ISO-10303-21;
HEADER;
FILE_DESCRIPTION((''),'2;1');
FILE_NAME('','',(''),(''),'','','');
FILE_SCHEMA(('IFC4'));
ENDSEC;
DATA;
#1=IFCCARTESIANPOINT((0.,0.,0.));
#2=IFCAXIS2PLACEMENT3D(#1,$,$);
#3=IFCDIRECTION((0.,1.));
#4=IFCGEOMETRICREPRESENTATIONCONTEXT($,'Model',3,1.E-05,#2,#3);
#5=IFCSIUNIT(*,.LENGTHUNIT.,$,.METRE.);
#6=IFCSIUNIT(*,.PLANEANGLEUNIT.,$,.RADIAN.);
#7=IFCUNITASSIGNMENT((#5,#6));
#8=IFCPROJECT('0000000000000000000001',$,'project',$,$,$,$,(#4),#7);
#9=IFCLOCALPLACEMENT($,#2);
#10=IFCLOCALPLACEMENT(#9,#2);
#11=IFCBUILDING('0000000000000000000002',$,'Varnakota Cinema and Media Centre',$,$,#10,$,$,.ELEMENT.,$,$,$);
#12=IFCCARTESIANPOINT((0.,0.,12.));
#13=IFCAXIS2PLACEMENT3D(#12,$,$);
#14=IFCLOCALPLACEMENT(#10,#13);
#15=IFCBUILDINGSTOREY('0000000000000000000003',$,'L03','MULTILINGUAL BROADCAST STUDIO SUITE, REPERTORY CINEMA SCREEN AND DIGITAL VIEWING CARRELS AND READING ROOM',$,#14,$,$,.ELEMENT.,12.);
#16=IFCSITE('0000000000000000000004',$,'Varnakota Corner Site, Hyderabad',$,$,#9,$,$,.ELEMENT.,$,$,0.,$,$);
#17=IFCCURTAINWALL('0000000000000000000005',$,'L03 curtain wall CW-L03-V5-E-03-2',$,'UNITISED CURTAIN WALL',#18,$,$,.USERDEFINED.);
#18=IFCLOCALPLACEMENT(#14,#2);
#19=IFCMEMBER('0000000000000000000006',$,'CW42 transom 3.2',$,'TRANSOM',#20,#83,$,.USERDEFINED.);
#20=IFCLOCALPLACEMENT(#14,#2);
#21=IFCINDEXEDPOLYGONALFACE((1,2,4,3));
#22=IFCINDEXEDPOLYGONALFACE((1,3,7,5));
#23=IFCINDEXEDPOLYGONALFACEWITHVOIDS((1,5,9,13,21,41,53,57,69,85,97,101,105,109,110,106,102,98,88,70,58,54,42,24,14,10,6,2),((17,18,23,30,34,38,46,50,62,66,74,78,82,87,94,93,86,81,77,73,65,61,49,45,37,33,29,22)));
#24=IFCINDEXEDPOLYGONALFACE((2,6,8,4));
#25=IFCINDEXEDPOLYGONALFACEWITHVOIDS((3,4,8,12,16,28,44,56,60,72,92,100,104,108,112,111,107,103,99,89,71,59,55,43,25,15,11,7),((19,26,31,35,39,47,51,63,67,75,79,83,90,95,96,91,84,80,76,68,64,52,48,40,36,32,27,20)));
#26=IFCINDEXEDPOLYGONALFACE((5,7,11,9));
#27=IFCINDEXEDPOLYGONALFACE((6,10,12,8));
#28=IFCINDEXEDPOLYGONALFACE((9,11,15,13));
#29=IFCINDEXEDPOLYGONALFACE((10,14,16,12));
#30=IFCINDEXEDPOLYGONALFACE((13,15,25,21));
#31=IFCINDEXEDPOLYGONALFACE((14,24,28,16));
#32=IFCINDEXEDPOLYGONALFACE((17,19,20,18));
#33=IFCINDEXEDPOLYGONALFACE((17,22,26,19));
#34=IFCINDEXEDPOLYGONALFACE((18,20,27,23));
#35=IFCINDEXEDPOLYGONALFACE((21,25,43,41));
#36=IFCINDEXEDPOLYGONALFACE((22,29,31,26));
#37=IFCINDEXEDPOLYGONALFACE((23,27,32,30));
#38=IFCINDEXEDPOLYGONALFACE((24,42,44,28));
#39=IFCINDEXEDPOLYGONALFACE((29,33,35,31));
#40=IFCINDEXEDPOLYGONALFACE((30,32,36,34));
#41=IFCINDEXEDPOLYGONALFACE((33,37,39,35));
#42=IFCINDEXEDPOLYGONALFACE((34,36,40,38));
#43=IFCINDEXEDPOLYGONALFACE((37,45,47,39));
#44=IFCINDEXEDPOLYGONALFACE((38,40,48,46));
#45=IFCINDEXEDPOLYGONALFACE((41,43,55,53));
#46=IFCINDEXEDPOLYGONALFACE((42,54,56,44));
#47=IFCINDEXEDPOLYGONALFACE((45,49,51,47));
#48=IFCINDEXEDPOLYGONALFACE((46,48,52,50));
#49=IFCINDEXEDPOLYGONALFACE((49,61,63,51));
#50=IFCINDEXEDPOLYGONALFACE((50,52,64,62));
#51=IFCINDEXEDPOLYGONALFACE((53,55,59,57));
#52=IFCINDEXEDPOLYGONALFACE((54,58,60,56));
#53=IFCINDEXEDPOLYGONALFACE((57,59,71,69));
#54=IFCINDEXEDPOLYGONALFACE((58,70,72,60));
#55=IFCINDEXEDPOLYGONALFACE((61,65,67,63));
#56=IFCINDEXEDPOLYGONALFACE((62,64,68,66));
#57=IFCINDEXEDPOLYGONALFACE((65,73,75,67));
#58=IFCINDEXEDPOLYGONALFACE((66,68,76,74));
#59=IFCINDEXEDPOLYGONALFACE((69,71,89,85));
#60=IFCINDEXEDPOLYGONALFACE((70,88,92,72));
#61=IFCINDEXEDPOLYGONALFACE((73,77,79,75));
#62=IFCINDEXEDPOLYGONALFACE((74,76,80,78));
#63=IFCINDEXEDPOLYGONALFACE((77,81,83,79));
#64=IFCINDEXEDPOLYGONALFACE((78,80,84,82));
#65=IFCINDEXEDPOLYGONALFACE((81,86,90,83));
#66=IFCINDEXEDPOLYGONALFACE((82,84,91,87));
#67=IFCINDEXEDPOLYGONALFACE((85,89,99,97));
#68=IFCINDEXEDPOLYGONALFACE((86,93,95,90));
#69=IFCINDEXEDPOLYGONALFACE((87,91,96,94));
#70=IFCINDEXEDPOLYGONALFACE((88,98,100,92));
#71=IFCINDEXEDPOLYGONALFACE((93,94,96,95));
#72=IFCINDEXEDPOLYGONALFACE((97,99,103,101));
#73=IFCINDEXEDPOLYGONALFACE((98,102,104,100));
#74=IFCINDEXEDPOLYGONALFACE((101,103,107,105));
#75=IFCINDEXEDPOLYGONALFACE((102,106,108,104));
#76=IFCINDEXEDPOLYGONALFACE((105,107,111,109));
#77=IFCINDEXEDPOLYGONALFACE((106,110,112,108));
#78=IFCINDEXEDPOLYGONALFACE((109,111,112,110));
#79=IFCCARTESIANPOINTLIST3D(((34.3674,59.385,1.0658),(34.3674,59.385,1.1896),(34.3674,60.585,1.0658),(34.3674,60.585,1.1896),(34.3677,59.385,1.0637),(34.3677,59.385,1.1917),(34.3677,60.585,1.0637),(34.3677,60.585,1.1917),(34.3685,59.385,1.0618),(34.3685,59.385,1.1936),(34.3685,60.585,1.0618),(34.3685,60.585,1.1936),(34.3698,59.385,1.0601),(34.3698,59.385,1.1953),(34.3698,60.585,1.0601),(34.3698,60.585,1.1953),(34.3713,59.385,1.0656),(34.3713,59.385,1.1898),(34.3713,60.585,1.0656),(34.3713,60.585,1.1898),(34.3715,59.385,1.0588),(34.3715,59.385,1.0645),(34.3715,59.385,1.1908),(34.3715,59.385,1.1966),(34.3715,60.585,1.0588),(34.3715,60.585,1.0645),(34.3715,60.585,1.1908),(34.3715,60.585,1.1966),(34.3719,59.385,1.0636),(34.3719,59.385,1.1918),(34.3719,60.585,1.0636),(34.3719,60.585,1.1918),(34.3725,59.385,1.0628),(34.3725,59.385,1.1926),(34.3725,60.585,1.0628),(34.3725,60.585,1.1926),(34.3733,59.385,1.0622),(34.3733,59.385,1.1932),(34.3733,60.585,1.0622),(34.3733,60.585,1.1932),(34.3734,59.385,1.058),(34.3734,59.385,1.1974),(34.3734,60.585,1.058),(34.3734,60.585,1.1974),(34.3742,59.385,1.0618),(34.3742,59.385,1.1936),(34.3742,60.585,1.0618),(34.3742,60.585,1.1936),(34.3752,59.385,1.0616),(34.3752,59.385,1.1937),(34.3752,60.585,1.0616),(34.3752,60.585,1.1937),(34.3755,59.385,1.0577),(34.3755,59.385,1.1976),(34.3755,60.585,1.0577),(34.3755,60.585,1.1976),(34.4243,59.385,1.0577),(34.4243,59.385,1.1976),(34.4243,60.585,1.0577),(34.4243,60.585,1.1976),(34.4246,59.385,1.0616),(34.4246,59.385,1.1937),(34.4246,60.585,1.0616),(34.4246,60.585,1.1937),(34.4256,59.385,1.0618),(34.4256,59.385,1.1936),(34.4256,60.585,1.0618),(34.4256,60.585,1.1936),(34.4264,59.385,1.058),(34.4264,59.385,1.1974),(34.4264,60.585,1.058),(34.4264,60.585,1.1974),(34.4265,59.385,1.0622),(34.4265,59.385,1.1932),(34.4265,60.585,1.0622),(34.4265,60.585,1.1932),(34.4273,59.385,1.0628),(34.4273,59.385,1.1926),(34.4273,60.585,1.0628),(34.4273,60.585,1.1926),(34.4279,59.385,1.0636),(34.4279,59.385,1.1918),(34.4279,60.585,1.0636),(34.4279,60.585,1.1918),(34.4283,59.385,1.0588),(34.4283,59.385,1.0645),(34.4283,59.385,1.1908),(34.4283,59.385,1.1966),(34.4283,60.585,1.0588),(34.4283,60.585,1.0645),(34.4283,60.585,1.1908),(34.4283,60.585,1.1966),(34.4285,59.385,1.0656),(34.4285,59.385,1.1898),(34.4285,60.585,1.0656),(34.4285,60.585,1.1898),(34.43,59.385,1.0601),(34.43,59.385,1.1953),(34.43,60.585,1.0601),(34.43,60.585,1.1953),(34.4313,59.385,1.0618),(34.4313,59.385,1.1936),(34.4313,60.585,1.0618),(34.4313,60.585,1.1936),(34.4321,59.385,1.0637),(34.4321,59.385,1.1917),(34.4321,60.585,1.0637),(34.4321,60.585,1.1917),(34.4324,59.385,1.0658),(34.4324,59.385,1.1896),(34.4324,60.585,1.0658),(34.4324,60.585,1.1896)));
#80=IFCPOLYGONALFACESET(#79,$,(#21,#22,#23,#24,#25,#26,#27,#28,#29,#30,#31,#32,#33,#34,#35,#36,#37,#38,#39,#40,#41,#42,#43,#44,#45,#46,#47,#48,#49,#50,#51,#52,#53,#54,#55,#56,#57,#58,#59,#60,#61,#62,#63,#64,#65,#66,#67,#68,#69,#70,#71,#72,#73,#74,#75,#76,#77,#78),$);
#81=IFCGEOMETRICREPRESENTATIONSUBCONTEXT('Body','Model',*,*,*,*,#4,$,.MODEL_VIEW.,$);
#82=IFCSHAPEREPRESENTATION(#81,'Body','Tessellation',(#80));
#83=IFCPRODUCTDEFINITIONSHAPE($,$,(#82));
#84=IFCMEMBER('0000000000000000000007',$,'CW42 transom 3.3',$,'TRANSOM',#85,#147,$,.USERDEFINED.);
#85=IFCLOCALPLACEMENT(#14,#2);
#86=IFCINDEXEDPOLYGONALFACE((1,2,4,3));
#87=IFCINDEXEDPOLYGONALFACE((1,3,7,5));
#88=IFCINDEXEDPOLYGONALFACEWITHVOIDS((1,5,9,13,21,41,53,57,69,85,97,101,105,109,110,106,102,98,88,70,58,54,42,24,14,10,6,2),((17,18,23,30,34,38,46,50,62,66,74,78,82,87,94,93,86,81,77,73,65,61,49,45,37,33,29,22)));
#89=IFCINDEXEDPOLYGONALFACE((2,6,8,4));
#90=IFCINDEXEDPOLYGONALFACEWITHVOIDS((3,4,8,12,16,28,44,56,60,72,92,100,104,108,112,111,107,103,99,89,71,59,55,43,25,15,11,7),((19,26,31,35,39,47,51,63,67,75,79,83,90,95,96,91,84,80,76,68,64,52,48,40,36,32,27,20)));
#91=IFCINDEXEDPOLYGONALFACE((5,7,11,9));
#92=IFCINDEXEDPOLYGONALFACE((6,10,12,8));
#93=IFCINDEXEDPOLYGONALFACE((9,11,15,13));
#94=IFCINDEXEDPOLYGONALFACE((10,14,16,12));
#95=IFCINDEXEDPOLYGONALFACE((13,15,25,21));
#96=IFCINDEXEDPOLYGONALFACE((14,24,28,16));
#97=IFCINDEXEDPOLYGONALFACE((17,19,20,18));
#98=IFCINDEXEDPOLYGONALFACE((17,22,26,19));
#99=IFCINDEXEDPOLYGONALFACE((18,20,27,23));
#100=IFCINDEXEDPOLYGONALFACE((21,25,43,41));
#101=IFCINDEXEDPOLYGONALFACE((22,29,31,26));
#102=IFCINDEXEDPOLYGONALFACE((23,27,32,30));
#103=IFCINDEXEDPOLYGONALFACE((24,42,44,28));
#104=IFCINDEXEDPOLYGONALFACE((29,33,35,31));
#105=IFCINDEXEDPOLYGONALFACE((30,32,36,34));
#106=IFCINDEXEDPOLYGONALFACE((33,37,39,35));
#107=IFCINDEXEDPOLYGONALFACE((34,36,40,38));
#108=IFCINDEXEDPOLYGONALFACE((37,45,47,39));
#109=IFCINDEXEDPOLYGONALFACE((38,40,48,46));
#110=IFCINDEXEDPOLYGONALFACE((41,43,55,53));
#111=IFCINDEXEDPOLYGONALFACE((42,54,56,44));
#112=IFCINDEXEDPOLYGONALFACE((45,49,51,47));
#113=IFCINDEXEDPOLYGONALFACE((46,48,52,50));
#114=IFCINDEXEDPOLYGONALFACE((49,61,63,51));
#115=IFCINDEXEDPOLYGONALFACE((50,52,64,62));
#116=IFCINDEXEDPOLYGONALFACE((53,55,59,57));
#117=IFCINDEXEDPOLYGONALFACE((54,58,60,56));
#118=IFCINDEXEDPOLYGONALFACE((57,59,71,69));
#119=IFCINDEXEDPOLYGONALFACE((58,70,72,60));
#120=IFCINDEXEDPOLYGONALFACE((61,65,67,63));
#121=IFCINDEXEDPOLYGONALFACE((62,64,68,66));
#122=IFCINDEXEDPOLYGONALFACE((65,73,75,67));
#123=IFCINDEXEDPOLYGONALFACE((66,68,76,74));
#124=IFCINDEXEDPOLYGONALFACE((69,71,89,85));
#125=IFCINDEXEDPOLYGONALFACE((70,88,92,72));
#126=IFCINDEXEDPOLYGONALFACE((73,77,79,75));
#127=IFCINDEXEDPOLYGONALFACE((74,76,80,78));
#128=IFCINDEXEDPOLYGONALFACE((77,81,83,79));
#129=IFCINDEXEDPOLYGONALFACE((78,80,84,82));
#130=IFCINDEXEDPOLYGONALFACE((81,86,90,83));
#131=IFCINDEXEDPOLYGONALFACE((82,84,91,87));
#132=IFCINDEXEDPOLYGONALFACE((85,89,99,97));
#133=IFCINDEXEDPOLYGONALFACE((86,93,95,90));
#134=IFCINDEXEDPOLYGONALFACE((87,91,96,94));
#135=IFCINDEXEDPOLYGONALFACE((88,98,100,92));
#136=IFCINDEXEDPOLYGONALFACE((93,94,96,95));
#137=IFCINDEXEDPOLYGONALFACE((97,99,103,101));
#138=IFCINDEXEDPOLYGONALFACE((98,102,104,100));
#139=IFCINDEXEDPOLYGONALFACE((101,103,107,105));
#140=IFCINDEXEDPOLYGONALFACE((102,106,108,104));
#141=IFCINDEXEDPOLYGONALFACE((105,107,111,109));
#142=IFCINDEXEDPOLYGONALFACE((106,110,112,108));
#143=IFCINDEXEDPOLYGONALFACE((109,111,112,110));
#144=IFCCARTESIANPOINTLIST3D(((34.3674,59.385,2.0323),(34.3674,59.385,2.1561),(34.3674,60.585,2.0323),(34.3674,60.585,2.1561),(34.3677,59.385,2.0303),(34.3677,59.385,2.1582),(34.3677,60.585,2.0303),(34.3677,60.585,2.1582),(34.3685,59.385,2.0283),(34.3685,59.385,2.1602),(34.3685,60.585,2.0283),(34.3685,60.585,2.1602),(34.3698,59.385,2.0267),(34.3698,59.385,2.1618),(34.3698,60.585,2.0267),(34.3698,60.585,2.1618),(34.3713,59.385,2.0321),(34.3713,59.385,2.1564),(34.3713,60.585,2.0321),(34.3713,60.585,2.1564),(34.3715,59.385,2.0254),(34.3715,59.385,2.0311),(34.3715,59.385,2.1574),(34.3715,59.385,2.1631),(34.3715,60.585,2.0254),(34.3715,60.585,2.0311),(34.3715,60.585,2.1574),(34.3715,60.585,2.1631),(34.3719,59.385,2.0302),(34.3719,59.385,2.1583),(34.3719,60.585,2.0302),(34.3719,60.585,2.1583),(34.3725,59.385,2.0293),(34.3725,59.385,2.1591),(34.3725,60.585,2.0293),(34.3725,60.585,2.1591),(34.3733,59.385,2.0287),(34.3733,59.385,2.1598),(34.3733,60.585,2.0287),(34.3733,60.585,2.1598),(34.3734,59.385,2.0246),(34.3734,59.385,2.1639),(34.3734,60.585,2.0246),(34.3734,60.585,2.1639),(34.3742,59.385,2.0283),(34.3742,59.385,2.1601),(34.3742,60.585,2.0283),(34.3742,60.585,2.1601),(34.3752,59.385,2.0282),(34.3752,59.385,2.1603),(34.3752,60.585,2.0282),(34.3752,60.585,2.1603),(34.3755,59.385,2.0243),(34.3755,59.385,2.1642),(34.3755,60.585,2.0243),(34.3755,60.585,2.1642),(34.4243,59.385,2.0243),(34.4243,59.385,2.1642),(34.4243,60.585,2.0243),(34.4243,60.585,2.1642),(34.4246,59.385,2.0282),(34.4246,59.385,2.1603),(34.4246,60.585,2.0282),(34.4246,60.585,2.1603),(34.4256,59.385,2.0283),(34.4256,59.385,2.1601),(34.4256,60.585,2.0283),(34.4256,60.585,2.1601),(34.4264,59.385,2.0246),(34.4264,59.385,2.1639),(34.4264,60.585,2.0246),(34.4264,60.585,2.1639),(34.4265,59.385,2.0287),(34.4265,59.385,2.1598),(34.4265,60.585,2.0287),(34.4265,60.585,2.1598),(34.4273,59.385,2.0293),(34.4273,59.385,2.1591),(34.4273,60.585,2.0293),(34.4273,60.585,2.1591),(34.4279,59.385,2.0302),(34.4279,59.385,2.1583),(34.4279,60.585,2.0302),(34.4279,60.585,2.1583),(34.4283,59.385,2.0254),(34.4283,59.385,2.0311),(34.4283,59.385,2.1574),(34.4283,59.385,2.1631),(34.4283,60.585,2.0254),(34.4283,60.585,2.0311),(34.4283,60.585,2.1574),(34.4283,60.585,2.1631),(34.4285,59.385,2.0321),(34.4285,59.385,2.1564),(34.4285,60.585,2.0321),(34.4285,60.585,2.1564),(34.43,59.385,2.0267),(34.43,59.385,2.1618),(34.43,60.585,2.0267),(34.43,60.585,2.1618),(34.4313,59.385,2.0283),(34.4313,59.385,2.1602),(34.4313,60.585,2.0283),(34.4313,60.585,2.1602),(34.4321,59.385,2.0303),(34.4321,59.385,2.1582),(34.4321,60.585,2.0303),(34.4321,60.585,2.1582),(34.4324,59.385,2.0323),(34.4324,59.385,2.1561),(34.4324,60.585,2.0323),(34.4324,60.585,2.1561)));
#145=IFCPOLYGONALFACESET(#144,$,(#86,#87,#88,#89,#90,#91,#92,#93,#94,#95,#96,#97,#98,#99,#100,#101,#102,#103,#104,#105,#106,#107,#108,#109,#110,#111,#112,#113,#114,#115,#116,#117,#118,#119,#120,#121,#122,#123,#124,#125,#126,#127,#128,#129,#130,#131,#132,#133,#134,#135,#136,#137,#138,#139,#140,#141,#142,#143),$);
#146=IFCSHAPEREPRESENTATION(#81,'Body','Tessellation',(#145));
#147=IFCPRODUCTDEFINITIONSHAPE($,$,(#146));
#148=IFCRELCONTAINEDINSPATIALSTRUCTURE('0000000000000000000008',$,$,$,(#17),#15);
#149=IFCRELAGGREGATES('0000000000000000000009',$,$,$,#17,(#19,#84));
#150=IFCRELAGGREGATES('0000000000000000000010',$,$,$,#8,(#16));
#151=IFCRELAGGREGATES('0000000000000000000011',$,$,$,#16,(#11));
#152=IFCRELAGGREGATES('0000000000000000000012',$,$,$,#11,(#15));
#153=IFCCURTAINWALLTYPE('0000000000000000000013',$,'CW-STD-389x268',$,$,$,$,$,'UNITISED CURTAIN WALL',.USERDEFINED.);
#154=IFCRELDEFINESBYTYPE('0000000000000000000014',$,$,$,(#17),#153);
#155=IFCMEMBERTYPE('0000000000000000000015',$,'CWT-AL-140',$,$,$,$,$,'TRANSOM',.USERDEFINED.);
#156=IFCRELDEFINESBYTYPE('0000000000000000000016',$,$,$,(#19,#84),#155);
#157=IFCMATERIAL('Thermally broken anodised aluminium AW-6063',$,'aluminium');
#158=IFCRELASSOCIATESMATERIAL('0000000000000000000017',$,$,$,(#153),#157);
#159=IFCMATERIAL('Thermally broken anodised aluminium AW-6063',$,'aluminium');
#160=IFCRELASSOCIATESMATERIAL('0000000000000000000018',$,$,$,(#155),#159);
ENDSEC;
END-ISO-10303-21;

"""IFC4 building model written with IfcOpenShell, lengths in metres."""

from ifc_helpers import new_model, si_unit, direction, frame, origin, origin_2d, place, context, subcontext, project, spatial, hollow_rectangle, extrude, material, material_profile, profile_set, type_object, element, aggregate, save


model = new_model("IFC4")

# Units and contexts
model_context = context("Model", 3, precision=1e-05, world=origin(), true_north=direction((0.0, 1.0)))
body_context = subcontext(model_context, "Body", "Model", "MODEL_VIEW")
ifc_project = project(units=[si_unit("LENGTHUNIT", "METRE"), si_unit("PLANEANGLEUNIT", "RADIAN")], contexts=[model_context])

# Site, building, storey
site_placement = place(None, origin())
site = spatial("IfcSite", under=ifc_project, at=site_placement, Name="Varnakota Corner Site, Hyderabad", CompositionType="ELEMENT", RefElevation=0.0)
building_placement = place(site_placement, origin())
building = spatial("IfcBuilding", under=site, at=building_placement, Name="Varnakota Cinema and Media Centre", CompositionType="ELEMENT")
storey_placement = place(building_placement, frame((0.0, 0.0, 12.0)))
storey = spatial("IfcBuildingStorey", under=building, at=storey_placement, Name="L03", Description="MULTILINGUAL BROADCAST STUDIO SUITE, REPERTORY CINEMA SCREEN AND DIGITAL VIEWING CARRELS AND READING ROOM", CompositionType="ELEMENT", Elevation=12.0)

# Curtain wall
ifc_material_1 = material(Name="Thermally broken anodised aluminium AW-6063", Category="aluminium")
curtain_wall_type_1 = type_object("IfcCurtainWallType", Name="CW-STD-389x268", ElementType="UNITISED CURTAIN WALL", PredefinedType="USERDEFINED", material=ifc_material_1)
curtain_wall_1_placement = place(storey_placement, origin())
curtain_wall_1 = element("IfcCurtainWall", 1, at=curtain_wall_1_placement, inside=storey, type_object=curtain_wall_type_1, Name="L03 curtain wall CW-L03-V5-E-03-2", ObjectType="UNITISED CURTAIN WALL", PredefinedType="USERDEFINED")

# Members
ifc_material_2 = material(Name="Thermally broken anodised aluminium AW-6063", Category="aluminium")
ifc_material_profile_1 = material_profile(ifc_material_2, hollow_rectangle(XDim=0.0649, YDim=0.1399, WallThickness=0.0039, InnerFilletRadius=0.0039, OuterFilletRadius=0.0081, at=origin_2d()), Name="AL-TRANSOM 140x65x4")
ifc_profile_set_1 = profile_set([ifc_material_profile_1], Name="Thermally broken anodised aluminium AW-6063")
member_type_1 = type_object("IfcMemberType", Name="CWT-AL-140", ElementType="TRANSOM", PredefinedType="USERDEFINED", material=ifc_profile_set_1)
member_1_placement = place(storey_placement, frame((34.3999, 59.385, 1.1277), z_axis=(0.0, 1.0, 0.0), x_axis=(-1.0, 0.0, 0.0)))
member_1 = element("IfcMember", 2, at=member_1_placement, type_object=member_type_1, Name="CW42 transom 3.2", ObjectType="TRANSOM", PredefinedType="USERDEFINED", context=body_context, shape_type="SweptSolid", body=[
    extrude(hollow_rectangle(XDim=0.0649, YDim=0.1399, WallThickness=0.0039, InnerFilletRadius=0.0039, OuterFilletRadius=0.0081, at=origin_2d()), origin(), (0.0, 0.0, 1.0), 1.2),
])
member_2_placement = place(storey_placement, frame((34.3999, 59.385, 2.0942), z_axis=(0.0, 1.0, 0.0), x_axis=(-1.0, 0.0, 0.0)))
member_2 = element("IfcMember", 3, at=member_2_placement, type_object=member_type_1, Name="CW42 transom 3.3", ObjectType="TRANSOM", PredefinedType="USERDEFINED", context=body_context, shape_type="SweptSolid", body=[
    extrude(hollow_rectangle(XDim=0.0649, YDim=0.1399, WallThickness=0.0039, InnerFilletRadius=0.0039, OuterFilletRadius=0.0081, at=origin_2d()), origin(), (0.0, 0.0, 1.0), 1.2),
])

aggregate(curtain_wall_1, [member_1, member_2])

save(model, "model.ifc")
